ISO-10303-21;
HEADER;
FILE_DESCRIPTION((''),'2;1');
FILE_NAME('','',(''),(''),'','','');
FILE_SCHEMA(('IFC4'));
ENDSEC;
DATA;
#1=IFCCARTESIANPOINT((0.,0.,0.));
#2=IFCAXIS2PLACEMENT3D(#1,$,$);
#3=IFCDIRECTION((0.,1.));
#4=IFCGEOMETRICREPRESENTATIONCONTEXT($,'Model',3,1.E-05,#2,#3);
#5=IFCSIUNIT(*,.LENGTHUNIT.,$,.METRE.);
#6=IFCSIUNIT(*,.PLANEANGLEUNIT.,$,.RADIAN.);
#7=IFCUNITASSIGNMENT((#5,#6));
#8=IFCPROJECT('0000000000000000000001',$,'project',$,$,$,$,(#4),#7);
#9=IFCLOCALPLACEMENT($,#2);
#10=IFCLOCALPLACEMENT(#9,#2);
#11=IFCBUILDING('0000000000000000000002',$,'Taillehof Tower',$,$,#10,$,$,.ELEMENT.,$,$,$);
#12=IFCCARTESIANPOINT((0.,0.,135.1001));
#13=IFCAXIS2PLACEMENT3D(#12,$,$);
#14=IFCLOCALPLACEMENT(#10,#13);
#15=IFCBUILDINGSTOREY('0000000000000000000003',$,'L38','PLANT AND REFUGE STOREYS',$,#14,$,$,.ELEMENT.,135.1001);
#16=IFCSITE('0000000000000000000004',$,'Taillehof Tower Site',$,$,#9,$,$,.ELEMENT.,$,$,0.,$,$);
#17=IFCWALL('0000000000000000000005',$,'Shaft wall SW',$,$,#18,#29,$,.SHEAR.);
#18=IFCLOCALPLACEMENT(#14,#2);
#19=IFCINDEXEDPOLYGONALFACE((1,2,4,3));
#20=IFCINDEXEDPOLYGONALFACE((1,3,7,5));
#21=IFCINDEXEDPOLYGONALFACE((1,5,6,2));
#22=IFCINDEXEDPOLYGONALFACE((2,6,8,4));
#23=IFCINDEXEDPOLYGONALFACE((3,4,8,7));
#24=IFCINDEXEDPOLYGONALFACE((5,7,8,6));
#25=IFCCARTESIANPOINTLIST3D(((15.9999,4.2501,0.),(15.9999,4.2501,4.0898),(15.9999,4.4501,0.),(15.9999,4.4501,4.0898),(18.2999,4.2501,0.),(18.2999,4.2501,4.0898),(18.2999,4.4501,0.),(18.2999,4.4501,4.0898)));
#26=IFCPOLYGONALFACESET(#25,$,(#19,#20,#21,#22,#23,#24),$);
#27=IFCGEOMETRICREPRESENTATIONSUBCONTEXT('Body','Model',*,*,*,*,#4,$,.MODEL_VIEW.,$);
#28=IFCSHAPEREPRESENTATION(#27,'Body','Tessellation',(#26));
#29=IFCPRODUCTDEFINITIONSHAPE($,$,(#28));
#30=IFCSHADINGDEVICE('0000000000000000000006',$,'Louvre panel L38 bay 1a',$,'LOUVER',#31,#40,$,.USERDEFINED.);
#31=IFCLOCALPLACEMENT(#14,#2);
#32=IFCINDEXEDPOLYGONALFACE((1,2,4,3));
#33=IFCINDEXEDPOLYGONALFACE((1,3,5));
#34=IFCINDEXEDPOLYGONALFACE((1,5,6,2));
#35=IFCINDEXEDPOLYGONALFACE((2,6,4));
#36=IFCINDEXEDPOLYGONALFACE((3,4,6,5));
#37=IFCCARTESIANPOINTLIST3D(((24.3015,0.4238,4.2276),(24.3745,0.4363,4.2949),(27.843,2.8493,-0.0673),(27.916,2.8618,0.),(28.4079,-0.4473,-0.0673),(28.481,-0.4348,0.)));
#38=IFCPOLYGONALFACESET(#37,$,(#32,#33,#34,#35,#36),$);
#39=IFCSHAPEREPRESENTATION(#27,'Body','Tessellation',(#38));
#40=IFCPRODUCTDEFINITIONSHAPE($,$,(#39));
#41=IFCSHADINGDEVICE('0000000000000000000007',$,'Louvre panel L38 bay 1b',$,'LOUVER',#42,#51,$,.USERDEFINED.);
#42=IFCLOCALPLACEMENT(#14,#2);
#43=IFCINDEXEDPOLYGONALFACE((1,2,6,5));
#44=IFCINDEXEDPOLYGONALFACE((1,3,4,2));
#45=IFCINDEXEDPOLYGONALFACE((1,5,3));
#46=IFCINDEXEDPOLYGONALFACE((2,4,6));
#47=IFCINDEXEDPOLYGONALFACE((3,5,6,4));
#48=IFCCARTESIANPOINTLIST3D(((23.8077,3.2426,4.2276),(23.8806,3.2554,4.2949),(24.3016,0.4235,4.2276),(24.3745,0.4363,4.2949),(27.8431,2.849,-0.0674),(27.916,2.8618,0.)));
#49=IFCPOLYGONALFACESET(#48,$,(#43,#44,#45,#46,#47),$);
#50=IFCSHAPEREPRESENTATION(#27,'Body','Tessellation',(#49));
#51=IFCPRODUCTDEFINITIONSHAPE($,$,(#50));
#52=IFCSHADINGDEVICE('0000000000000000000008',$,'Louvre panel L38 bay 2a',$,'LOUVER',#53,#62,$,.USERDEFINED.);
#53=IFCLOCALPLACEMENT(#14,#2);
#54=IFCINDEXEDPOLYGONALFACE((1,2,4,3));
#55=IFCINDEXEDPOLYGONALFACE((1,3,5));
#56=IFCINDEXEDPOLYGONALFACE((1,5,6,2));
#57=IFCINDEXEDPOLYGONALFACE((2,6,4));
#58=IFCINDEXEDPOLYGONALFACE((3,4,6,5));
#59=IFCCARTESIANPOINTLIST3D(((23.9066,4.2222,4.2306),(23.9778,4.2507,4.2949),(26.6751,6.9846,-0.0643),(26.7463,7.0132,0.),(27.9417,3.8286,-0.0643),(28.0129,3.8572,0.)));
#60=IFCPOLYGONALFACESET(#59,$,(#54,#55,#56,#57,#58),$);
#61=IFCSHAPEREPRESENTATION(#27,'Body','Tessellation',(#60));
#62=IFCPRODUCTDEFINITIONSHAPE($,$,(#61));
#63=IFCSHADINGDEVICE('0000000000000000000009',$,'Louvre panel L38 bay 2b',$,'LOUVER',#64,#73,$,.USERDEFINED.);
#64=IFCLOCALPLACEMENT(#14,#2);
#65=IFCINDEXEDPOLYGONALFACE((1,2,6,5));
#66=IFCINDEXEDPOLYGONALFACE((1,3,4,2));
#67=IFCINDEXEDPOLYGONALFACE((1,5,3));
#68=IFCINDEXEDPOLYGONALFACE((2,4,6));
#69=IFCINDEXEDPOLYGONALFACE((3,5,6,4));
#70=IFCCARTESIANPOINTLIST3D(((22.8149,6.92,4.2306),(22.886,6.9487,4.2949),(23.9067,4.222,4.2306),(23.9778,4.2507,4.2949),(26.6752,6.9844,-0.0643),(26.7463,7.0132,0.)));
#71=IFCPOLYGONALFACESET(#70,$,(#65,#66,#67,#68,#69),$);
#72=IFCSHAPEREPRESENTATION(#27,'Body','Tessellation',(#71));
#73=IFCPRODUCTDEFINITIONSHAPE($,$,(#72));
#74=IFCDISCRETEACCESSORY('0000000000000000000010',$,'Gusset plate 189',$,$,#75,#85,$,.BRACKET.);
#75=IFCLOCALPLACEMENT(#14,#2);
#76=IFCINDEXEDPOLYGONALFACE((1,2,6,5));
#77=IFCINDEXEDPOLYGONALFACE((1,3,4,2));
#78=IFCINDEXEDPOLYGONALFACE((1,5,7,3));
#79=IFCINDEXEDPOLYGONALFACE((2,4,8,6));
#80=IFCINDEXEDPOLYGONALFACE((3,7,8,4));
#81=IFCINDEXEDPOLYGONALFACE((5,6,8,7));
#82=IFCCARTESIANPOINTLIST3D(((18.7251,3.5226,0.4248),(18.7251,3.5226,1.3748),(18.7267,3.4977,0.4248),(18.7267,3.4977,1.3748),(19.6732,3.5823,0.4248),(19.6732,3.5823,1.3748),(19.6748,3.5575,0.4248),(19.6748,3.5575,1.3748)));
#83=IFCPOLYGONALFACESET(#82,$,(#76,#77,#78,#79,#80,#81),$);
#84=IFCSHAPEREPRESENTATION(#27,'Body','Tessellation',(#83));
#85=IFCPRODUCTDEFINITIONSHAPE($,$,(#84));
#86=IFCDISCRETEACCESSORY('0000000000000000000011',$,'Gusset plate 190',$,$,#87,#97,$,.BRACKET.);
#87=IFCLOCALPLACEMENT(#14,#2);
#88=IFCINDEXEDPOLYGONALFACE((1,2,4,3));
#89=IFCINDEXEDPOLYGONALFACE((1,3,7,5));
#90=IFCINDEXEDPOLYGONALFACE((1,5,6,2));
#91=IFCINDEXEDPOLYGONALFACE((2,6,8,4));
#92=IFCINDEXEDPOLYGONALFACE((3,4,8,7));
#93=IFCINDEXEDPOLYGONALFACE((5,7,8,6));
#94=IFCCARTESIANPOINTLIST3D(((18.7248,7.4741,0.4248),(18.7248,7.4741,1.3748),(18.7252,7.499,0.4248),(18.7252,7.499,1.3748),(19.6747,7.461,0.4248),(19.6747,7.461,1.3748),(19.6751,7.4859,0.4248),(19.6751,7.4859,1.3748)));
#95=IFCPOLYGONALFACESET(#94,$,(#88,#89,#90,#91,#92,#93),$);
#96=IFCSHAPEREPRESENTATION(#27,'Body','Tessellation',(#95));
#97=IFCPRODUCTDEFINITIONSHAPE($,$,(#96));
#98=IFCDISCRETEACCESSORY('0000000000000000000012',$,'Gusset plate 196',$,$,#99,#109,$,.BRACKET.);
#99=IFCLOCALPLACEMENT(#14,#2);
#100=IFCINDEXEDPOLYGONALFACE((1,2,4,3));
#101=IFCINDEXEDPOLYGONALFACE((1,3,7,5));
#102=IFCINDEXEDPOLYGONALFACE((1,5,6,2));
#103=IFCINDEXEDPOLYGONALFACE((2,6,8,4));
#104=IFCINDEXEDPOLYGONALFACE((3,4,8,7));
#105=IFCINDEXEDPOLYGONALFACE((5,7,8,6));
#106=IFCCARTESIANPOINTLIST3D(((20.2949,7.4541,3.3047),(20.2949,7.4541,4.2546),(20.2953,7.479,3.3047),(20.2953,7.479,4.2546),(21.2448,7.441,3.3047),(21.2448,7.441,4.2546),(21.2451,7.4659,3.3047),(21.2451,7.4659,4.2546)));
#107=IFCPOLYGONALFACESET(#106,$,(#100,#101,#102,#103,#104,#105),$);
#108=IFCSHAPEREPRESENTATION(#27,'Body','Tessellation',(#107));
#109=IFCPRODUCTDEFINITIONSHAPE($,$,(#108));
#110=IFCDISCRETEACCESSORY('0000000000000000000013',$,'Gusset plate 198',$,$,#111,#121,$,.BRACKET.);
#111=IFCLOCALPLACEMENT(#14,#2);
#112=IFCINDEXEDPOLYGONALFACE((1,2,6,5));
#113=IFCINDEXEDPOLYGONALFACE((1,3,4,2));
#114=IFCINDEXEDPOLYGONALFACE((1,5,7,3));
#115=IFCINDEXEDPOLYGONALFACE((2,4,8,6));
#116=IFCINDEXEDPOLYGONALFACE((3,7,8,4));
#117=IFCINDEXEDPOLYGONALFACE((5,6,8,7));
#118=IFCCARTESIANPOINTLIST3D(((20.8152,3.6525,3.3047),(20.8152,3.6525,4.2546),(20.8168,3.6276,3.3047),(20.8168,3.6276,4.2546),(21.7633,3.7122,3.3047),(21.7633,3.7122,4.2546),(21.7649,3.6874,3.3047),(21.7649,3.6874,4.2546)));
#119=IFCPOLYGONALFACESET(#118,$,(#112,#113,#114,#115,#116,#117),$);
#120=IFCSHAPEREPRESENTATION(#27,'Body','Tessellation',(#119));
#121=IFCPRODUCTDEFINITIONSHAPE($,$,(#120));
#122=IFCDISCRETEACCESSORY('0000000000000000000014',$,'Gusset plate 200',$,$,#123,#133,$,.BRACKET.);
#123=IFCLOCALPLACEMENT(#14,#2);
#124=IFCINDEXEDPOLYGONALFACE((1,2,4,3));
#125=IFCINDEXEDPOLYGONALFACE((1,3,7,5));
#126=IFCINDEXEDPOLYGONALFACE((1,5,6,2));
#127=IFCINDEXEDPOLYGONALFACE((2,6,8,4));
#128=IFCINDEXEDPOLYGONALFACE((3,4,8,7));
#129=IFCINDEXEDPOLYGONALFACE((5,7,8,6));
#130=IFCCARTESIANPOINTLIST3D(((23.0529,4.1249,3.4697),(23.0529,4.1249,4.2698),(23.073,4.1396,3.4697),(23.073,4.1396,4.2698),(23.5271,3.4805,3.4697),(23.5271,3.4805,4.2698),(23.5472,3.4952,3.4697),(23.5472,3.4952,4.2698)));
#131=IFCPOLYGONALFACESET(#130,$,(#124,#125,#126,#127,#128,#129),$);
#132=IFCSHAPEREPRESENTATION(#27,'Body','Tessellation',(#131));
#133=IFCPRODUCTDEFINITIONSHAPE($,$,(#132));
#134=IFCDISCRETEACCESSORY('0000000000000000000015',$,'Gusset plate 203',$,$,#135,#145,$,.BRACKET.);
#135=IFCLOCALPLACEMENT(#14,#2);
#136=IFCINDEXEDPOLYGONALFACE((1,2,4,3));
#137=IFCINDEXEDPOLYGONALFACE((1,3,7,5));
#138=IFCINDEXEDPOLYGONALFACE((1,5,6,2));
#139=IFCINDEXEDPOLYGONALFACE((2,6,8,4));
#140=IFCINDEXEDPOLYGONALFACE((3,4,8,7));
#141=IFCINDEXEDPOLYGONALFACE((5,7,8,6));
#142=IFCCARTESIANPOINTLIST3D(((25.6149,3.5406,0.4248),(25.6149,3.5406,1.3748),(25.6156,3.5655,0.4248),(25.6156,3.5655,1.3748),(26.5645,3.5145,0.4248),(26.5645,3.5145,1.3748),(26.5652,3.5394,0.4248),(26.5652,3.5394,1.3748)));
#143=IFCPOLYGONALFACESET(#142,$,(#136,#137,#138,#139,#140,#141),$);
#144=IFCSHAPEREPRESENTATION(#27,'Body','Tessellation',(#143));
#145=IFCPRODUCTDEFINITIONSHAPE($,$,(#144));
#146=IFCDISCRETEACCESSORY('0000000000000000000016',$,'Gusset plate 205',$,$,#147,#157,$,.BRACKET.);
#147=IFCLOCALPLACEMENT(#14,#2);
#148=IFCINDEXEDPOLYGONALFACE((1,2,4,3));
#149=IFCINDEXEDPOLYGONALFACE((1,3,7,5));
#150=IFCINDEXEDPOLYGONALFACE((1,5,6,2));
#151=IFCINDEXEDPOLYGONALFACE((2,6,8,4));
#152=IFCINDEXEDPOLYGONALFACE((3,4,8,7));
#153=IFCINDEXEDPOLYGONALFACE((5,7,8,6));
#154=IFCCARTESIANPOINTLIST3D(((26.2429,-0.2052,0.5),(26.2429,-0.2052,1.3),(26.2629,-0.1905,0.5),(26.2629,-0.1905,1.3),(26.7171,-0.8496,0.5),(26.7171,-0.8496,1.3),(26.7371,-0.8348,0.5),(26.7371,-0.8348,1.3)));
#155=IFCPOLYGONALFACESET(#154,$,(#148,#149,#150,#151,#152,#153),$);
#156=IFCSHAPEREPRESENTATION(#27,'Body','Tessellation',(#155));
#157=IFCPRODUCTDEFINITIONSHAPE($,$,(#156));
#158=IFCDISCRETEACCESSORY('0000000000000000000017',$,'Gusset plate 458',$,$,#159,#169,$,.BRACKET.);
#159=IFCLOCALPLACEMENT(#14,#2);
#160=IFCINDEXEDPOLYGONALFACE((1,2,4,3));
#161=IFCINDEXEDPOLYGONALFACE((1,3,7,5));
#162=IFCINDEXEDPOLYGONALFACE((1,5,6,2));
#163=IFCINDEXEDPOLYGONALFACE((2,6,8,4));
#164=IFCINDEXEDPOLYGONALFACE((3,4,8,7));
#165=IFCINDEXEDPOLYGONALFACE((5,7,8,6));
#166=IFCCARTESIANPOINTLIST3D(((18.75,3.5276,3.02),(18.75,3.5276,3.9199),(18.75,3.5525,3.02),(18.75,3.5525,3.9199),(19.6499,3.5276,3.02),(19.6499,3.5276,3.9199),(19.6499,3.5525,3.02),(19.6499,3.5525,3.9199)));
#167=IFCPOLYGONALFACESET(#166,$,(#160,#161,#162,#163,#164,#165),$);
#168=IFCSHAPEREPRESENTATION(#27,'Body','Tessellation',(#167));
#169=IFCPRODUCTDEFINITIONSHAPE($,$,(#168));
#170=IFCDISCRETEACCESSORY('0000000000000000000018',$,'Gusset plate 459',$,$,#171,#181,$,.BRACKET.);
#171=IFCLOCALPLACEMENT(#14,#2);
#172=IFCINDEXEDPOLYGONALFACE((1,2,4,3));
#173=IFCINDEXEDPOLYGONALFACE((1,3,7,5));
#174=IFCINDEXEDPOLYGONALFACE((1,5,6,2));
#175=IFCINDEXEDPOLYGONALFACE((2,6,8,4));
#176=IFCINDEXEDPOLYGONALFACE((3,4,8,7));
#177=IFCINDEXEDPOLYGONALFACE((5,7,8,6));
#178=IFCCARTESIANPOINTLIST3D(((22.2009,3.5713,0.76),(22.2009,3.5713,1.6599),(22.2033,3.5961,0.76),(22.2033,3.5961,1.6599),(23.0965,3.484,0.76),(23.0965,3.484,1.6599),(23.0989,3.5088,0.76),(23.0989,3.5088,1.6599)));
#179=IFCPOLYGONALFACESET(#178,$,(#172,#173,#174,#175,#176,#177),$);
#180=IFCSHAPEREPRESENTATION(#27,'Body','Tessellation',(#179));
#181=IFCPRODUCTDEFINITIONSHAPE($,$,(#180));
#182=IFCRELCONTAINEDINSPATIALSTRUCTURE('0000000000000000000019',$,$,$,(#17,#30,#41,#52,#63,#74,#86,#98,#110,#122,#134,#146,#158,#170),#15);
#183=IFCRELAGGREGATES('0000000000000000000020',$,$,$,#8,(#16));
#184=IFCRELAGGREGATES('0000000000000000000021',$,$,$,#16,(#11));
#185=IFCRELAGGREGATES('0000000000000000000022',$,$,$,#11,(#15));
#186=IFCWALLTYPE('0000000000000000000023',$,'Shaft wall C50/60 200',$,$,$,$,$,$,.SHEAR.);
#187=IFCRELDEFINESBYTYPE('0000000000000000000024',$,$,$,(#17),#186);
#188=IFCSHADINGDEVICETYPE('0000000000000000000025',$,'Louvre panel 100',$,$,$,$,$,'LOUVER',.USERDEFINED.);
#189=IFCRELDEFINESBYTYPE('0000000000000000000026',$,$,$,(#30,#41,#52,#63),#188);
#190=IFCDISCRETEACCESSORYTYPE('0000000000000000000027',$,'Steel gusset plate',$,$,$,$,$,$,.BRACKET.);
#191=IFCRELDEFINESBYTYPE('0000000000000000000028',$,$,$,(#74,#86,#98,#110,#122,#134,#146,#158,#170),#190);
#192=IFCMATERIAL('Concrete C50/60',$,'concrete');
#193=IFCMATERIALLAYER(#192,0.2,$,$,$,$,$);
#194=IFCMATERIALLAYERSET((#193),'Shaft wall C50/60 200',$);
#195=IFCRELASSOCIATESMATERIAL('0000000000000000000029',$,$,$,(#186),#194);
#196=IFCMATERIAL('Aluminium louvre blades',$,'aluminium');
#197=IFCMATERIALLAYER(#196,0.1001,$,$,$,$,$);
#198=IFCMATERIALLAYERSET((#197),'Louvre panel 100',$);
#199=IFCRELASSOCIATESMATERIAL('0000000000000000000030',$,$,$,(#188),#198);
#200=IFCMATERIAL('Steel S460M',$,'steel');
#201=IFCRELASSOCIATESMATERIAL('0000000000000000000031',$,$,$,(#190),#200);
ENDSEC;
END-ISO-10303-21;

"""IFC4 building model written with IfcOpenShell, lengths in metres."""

from ifc_helpers import new_model, si_unit, direction, frame, frame_2d, origin, origin_2d, place, context, subcontext, project, spatial, polyline, rectangle, outline, extrude, material, layer, layer_set, type_object, element, save


model = new_model("IFC4")

# Units and contexts
model_context = context("Model", 3, precision=1e-05, world=origin(), true_north=direction((0.0, 1.0)))
body_context = subcontext(model_context, "Body", "Model", "MODEL_VIEW")
ifc_project = project(units=[si_unit("LENGTHUNIT", "METRE"), si_unit("PLANEANGLEUNIT", "RADIAN")], contexts=[model_context])

# Site, building, storey
site_placement = place(None, origin())
site = spatial("IfcSite", under=ifc_project, at=site_placement, Name="Taillehof Tower Site", CompositionType="ELEMENT", RefElevation=0.0)
building_placement = place(site_placement, origin())
building = spatial("IfcBuilding", under=site, at=building_placement, Name="Taillehof Tower", CompositionType="ELEMENT")
storey_placement = place(building_placement, frame((0.0, 0.0, 135.1001)))
storey = spatial("IfcBuildingStorey", under=building, at=storey_placement, Name="L38", Description="PLANT AND REFUGE STOREYS", CompositionType="ELEMENT", Elevation=135.1001)

# Wall
ifc_material_1 = material(Name="Concrete C50/60", Category="concrete")
ifc_layer_1 = layer(ifc_material_1, 0.2)
ifc_layer_set_1 = layer_set([ifc_layer_1], Name="Shaft wall C50/60 200")
wall_type_1 = type_object("IfcWallType", Name="Shaft wall C50/60 200", PredefinedType="SHEAR", material=ifc_layer_set_1)
for number, where, z_axis, x_axis, name in (
    (1, (16.0, 4.3501, 0.0), (0.0, 0.0, 1.0), (1.0, 0.0, 0.0), "Shaft wall SW"),
):
    element("IfcWall", number, at=place(storey_placement, frame(where, z_axis=z_axis, x_axis=x_axis)), inside=storey, type_object=wall_type_1, Name=name, PredefinedType="SHEAR", context=body_context, shape_type="SweptSolid", body=[
        extrude(rectangle(XDim=2.3, YDim=0.2, at=frame_2d((1.1499, 0.0))), origin(), (0.0, 0.0, 1.0), 4.0898),
    ])

# Shading devices
ifc_material_2 = material(Name="Aluminium louvre blades", Category="aluminium")
ifc_layer_2 = layer(ifc_material_2, 0.1001)
ifc_layer_set_2 = layer_set([ifc_layer_2], Name="Louvre panel 100")
shading_device_type = type_object("IfcShadingDeviceType", Name="Louvre panel 100", ElementType="LOUVER", PredefinedType="USERDEFINED", material=ifc_layer_set_2)
shading_device_1_placement = place(storey_placement, frame((28.481, -0.4348, 0.0), z_axis=(0.729661, 0.125041, 0.67228), x_axis=(-0.168907, 0.985632, 0.0)))
element("IfcShadingDevice", 2, at=shading_device_1_placement, inside=storey, type_object=shading_device_type, Name="Louvre panel L38 bay 1a", ObjectType="LOUVER", PredefinedType="USERDEFINED", context=body_context, shape_type="SweptSolid", body=[
    extrude(outline(polyline([(0.0, 0.0), (3.3447, 0.0), (1.5522, 5.8016), (0.0, 0.0)])), origin(), (0.0, 0.0, -1.0), 0.1001),
])
shading_device_2_placement = place(storey_placement, frame((27.916, 2.8618, 0.0), z_axis=(0.728631, 0.127654, 0.672906), x_axis=(-0.683224, 0.066632, 0.727163)))
element("IfcShadingDevice", 3, at=shading_device_2_placement, inside=storey, type_object=shading_device_type, Name="Louvre panel L38 bay 1b", ObjectType="LOUVER", PredefinedType="USERDEFINED", context=body_context, shape_type="SweptSolid", body=[
    extrude(outline(polyline([(0.0, 0.0), (5.9064, 0.0), (5.3811, 2.8134), (0.0, 0.0)])), origin(), (0.0, 0.0, -1.0), 0.1001),
])
shading_device_3_placement = place(storey_placement, frame((28.0129, 3.8572, 0.0), z_axis=(0.711386, 0.285501, 0.642199), x_axis=(-0.372455, 0.92805, 0.0)))
element("IfcShadingDevice", 4, at=shading_device_3_placement, inside=storey, type_object=shading_device_type, Name="Louvre panel L38 bay 2a", ObjectType="LOUVER", PredefinedType="USERDEFINED", context=body_context, shape_type="SweptSolid", body=[
    extrude(outline(polyline([(0.0, 0.0), (3.4007, 0.0), (1.8682, 5.603), (0.0, 0.0)])), origin(), (0.0, 0.0, -1.0), 0.1001),
])
shading_device_4_placement = place(storey_placement, frame((26.7463, 7.0132, 0.0), z_axis=(0.710206, 0.287398, 0.642658), x_axis=(-0.668437, -0.01116, 0.743685)))
element("IfcShadingDevice", 5, at=shading_device_4_placement, inside=storey, type_object=shading_device_type, Name="Louvre panel L38 bay 2b", ObjectType="LOUVER", PredefinedType="USERDEFINED", context=body_context, shape_type="SweptSolid", body=[
    extrude(outline(polyline([(0.0, 0.0), (5.7752, 0.0), (5.0755, 2.8252), (0.0, 0.0)])), origin(), (0.0, 0.0, -1.0), 0.1001),
])

# Discrete accessories
ifc_material_3 = material(Name="Steel S460M", Category="steel")
discrete_accessory_type = type_object("IfcDiscreteAccessoryType", Name="Steel gusset plate", PredefinedType="BRACKET", material=ifc_material_3)
for number, where, z_axis, x_axis, name in (
    (6, (19.2, 3.54, 0.4248), (0.0, 0.0, 1.0), (0.998019, 0.062905, 0.0), "Gusset plate 189"),
    (7, (19.2, 7.48, 0.4248), (0.0, 0.0, 1.0), (0.999905, -0.013791, 0.0), "Gusset plate 190"),
    (8, (20.77, 7.46, 3.3047), (0.0, 0.0, 1.0), (0.999905, -0.013791, 0.0), "Gusset plate 196"),
    (9, (21.29, 3.6699, 3.3047), (0.0, 0.0, 1.0), (0.998019, 0.062905, 0.0), "Gusset plate 198"),
):
    element("IfcDiscreteAccessory", number, at=place(storey_placement, frame(where, z_axis=z_axis, x_axis=x_axis)), inside=storey, type_object=discrete_accessory_type, Name=name, PredefinedType="BRACKET", context=body_context, shape_type="SweptSolid", body=[
        extrude(rectangle(XDim=0.95, YDim=0.0249, at=origin_2d()), origin(), (0.0, 0.0, 1.0), 0.95),
    ])
discrete_accessory_1_placement = place(storey_placement, frame((23.3, 3.8101, 3.4697), z_axis=(0.0, 0.0, 1.0), x_axis=(-0.592699, 0.805424, 0.0)))
element("IfcDiscreteAccessory", 10, at=discrete_accessory_1_placement, inside=storey, type_object=discrete_accessory_type, Name="Gusset plate 200", PredefinedType="BRACKET", context=body_context, shape_type="SweptSolid", body=[
    extrude(rectangle(XDim=0.8, YDim=0.0249, at=origin_2d()), origin(), (0.0, 0.0, 1.0), 0.8),
])
discrete_accessory_2_placement = place(storey_placement, frame((26.0901, 3.54, 0.4248), z_axis=(0.0, 0.0, 1.0), x_axis=(0.999622, -0.027482, 0.0)))
element("IfcDiscreteAccessory", 11, at=discrete_accessory_2_placement, inside=storey, type_object=discrete_accessory_type, Name="Gusset plate 203", PredefinedType="BRACKET", context=body_context, shape_type="SweptSolid", body=[
    extrude(rectangle(XDim=0.95, YDim=0.0249, at=origin_2d()), origin(), (0.0, 0.0, 1.0), 0.95),
])
discrete_accessory_3_placement = place(storey_placement, frame((26.49, -0.52, 0.5), z_axis=(0.0, 0.0, 1.0), x_axis=(-0.592699, 0.805424, 0.0)))
element("IfcDiscreteAccessory", 12, at=discrete_accessory_3_placement, inside=storey, type_object=discrete_accessory_type, Name="Gusset plate 205", PredefinedType="BRACKET", context=body_context, shape_type="SweptSolid", body=[
    extrude(rectangle(XDim=0.8, YDim=0.0249, at=origin_2d()), origin(), (0.0, 0.0, 1.0), 0.8),
])
for number, where, z_axis, x_axis, name in (
    (13, (19.2, 3.54, 3.02), (0.0, 0.0, 1.0), (1.0, 0.0, 0.0), "Gusset plate 458"),
    (14, (22.6499, 3.54, 0.76), (0.0, 0.0, 1.0), (-0.995278, 0.097062, 0.0), "Gusset plate 459"),
):
    element("IfcDiscreteAccessory", number, at=place(storey_placement, frame(where, z_axis=z_axis, x_axis=x_axis)), inside=storey, type_object=discrete_accessory_type, Name=name, PredefinedType="BRACKET", context=body_context, shape_type="SweptSolid", body=[
        extrude(rectangle(XDim=0.8999, YDim=0.0249, at=origin_2d()), origin(), (0.0, 0.0, 1.0), 0.8999),
    ])

save(model, "model.ifc")
